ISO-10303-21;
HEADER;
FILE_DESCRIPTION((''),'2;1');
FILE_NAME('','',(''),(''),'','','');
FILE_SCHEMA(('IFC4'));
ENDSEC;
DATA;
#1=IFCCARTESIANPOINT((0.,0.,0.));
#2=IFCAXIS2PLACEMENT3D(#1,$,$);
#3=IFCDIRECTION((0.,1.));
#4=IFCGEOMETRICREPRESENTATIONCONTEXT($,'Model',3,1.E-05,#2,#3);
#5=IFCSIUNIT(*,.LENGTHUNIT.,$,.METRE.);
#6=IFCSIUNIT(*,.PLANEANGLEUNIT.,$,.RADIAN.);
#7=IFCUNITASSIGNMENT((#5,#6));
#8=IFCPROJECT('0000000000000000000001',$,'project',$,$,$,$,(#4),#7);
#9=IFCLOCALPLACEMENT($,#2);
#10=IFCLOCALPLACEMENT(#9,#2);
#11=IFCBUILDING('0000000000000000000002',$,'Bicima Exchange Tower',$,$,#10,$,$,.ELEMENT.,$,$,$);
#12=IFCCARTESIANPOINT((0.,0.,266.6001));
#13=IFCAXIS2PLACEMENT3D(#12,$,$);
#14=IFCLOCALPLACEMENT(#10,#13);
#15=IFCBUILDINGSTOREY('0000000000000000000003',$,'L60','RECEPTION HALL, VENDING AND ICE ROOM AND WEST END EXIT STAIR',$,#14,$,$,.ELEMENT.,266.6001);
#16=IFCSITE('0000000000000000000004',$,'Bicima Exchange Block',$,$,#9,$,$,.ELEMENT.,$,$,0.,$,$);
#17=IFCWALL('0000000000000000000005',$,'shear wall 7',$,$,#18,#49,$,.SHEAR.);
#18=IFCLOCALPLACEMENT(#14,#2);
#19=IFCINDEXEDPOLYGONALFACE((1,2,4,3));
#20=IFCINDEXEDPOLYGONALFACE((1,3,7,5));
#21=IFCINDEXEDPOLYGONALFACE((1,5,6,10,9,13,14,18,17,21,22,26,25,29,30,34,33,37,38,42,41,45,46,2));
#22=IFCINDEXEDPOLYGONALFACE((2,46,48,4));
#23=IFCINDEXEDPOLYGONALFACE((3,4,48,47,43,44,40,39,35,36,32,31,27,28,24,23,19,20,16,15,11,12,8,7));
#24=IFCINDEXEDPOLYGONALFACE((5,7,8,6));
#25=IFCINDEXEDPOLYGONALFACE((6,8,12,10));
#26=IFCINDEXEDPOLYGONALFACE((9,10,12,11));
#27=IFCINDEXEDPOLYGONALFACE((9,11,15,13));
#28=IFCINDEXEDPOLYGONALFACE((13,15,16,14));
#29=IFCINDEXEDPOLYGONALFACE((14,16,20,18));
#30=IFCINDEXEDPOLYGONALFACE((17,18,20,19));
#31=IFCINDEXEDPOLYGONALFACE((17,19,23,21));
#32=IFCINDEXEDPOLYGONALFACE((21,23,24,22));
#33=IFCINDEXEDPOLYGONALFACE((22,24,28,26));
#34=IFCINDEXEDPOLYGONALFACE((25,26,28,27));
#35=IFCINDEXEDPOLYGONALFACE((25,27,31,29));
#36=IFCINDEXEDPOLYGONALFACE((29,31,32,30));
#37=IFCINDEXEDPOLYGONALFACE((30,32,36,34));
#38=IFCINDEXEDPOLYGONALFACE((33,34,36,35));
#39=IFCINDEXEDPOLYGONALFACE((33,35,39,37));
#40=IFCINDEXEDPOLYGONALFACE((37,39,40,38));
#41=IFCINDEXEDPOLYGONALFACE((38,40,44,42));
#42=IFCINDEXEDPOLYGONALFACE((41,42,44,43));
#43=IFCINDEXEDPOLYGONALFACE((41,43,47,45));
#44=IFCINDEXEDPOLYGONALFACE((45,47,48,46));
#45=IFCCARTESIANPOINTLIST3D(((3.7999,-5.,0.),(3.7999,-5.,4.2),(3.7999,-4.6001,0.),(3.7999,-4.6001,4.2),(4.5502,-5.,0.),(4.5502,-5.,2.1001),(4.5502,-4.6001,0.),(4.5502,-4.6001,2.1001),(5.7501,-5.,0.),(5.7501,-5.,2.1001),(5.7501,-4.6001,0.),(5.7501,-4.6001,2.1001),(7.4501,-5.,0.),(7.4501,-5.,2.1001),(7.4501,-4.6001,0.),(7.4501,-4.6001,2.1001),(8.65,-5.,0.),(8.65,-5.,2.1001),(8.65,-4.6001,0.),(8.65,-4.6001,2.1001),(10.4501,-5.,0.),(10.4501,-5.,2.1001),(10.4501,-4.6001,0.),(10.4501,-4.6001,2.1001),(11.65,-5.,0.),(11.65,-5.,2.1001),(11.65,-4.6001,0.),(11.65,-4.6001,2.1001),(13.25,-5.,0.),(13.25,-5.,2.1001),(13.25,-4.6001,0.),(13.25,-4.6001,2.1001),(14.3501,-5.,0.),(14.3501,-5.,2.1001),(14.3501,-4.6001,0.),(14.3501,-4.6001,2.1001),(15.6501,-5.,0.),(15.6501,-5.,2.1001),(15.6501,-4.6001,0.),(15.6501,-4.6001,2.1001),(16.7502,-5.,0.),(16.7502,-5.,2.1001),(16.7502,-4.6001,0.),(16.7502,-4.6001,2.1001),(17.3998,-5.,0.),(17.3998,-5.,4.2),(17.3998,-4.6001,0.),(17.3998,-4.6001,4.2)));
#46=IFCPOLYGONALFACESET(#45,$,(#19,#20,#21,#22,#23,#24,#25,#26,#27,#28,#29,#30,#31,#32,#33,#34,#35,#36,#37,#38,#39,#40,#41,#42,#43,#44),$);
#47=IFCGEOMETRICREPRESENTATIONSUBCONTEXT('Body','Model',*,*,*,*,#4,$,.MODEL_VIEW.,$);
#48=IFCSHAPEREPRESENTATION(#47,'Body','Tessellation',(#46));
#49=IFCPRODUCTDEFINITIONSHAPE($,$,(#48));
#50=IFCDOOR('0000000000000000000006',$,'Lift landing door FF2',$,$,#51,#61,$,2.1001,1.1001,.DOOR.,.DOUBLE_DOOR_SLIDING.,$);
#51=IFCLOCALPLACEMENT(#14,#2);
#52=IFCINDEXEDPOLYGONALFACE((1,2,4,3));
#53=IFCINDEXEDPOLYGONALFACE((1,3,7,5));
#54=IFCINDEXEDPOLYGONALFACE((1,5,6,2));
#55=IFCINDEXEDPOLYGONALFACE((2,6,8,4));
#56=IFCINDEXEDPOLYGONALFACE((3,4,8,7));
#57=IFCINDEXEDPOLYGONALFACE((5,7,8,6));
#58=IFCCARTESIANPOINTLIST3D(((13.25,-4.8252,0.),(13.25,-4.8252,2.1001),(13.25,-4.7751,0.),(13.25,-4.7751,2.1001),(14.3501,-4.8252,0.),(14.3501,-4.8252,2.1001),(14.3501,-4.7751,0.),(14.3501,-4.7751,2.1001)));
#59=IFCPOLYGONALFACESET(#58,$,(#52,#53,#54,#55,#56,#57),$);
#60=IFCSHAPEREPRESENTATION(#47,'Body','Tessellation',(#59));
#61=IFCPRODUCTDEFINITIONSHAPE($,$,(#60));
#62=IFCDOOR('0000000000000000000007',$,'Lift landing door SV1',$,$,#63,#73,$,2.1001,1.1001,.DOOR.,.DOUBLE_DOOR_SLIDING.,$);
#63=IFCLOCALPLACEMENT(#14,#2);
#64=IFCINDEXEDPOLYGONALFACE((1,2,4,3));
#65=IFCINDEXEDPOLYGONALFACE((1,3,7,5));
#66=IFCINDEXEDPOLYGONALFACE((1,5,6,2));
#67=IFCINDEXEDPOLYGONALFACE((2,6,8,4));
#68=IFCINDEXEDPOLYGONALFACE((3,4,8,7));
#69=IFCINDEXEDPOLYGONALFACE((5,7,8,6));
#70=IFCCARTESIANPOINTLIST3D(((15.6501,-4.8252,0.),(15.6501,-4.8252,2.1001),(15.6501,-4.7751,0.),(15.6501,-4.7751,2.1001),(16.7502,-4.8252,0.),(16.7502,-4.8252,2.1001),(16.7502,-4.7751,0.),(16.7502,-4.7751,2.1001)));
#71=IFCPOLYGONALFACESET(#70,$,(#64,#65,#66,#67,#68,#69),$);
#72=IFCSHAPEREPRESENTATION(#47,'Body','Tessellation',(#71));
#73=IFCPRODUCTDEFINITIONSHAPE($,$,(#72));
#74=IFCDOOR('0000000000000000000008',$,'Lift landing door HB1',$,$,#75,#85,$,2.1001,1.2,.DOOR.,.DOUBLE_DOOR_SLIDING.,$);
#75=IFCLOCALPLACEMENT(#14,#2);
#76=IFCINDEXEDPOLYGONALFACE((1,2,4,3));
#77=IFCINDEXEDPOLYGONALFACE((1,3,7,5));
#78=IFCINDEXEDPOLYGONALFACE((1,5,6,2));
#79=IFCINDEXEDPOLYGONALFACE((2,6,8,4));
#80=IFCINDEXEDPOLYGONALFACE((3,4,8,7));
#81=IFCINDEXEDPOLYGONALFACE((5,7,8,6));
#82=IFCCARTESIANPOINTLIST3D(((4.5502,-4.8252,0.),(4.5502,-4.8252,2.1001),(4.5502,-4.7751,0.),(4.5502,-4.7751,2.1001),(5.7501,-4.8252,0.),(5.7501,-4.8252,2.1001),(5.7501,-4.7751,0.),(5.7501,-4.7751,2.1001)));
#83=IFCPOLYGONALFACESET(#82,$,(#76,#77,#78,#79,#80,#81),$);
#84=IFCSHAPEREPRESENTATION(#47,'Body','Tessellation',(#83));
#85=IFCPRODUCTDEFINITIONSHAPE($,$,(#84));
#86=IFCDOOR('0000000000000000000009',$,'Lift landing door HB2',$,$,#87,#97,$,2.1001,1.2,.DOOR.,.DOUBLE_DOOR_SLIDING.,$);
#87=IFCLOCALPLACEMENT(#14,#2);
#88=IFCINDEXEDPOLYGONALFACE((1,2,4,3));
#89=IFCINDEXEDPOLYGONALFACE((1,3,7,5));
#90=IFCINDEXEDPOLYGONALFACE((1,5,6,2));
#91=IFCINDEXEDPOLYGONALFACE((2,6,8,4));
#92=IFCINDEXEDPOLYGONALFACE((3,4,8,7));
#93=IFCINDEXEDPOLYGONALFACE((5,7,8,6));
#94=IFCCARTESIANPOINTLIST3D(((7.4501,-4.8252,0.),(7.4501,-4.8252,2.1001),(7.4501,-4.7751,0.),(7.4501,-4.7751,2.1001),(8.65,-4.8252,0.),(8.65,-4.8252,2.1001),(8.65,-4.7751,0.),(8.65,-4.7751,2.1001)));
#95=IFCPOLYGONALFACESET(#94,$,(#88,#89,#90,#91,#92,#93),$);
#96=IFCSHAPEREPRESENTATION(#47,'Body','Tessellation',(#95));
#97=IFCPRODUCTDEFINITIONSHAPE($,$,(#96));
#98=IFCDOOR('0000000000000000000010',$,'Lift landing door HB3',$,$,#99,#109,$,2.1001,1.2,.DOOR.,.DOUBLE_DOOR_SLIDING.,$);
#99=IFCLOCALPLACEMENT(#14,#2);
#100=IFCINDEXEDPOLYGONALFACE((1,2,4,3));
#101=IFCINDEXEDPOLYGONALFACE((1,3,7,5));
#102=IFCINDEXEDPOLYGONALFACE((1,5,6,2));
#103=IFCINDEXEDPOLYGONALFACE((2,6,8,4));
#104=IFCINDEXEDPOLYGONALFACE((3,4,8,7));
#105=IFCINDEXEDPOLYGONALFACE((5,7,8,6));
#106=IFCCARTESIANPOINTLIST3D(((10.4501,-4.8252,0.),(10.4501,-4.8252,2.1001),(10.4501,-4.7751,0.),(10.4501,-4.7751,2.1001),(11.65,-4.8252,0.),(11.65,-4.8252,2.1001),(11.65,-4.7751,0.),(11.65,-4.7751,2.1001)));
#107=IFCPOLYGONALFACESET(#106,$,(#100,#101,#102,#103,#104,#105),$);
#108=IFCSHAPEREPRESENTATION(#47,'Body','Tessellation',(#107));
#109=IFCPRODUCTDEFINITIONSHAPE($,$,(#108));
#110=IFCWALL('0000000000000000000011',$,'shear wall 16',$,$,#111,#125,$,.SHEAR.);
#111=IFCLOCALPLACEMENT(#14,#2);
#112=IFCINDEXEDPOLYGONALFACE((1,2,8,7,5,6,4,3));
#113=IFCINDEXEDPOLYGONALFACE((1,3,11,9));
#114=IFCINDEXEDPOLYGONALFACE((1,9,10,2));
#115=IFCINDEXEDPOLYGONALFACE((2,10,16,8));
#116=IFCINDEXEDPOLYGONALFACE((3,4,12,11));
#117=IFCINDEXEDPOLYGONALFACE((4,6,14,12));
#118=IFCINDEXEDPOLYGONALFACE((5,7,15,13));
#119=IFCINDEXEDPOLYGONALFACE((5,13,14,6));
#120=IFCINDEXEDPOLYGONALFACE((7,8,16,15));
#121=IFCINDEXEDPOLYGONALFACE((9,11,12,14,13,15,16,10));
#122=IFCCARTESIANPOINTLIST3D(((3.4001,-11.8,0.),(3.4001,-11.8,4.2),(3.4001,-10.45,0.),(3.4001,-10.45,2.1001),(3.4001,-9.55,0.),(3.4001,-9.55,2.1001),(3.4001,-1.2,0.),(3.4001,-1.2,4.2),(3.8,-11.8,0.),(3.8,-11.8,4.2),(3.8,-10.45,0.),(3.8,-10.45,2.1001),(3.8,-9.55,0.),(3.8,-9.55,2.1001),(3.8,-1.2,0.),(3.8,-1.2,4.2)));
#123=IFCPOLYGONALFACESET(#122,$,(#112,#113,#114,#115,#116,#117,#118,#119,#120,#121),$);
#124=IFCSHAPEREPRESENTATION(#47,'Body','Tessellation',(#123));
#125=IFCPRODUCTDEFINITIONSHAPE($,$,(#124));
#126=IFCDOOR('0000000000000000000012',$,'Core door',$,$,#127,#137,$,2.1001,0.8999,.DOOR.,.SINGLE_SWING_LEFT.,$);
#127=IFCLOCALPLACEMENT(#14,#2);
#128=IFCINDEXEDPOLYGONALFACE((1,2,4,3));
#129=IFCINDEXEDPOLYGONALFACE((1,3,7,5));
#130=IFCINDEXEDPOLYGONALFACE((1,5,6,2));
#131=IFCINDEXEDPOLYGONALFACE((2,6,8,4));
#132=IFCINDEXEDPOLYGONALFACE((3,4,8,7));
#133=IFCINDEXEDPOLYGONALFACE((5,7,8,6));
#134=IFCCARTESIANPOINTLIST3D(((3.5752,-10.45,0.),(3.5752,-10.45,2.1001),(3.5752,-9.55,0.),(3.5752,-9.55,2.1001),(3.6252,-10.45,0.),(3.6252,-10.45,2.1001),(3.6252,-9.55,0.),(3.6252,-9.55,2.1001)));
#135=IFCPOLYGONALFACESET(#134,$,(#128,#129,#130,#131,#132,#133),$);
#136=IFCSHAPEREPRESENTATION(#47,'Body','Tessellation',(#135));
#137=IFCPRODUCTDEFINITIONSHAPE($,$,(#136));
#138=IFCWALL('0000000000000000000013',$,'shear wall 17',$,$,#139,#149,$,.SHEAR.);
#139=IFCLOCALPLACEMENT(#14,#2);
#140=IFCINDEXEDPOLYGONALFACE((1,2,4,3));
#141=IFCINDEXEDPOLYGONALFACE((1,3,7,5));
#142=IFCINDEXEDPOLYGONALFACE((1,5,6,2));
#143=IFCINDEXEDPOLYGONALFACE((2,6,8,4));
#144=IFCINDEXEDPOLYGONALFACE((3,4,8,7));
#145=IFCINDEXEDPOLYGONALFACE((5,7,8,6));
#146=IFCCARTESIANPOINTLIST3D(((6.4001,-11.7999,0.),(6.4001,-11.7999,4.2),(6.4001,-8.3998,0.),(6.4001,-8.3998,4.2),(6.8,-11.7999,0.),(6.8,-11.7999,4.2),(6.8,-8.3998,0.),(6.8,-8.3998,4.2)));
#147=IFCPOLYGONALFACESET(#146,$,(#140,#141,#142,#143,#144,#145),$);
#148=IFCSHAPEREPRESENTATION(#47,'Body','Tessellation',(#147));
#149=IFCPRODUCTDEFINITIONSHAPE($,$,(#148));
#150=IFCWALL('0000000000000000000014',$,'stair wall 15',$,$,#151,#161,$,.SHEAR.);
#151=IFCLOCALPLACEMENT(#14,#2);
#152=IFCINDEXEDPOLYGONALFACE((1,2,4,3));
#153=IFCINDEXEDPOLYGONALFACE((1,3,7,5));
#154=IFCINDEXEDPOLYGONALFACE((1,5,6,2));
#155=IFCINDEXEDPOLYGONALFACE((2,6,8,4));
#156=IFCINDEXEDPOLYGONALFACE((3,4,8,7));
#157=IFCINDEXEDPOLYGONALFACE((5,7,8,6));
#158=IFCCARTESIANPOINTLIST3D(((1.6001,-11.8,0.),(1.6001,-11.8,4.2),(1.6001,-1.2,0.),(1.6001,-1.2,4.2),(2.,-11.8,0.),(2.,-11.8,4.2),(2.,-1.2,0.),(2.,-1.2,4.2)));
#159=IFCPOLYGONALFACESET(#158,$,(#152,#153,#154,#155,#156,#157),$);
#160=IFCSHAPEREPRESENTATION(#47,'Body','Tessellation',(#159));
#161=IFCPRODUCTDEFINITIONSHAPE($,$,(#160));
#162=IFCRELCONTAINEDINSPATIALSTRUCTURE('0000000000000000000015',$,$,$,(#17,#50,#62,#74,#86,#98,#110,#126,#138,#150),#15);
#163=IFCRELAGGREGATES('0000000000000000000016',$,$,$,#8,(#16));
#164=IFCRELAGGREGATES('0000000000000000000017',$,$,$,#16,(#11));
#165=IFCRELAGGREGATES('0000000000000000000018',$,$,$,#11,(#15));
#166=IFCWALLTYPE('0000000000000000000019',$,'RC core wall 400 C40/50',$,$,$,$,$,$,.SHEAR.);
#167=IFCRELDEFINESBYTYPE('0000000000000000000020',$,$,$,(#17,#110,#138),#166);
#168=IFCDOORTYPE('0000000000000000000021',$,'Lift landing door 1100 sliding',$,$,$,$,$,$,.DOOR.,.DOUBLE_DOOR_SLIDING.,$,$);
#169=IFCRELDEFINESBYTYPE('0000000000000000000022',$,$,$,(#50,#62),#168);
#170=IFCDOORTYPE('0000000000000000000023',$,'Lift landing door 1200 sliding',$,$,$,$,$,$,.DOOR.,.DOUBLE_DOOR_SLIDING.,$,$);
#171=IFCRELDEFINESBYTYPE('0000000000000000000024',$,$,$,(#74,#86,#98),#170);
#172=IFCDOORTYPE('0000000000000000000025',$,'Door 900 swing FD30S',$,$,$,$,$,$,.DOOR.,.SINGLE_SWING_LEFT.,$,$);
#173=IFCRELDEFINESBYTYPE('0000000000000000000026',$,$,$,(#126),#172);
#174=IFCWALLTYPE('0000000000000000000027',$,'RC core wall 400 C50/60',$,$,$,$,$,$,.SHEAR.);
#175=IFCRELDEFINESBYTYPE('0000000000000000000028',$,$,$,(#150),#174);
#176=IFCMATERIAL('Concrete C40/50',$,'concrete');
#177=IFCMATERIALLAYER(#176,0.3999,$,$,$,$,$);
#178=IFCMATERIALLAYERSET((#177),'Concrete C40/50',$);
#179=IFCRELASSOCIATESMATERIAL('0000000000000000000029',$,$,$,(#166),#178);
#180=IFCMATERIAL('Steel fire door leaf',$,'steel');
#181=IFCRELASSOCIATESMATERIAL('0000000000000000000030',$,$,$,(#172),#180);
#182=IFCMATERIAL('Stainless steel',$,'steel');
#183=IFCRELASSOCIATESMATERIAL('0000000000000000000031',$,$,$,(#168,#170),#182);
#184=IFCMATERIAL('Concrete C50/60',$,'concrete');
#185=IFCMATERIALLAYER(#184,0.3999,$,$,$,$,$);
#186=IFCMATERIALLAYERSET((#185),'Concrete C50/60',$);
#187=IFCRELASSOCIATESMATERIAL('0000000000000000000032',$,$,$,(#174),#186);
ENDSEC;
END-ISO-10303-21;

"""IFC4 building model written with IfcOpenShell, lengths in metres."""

from ifc_helpers import new_model, si_unit, direction, frame, frame_2d, origin, place, context, subcontext, project, spatial, rectangle, extrude, material, layer, layer_set, type_object, element, fill, save


model = new_model("IFC4")

# Units and contexts
model_context = context("Model", 3, precision=1e-05, world=origin(), true_north=direction((0.0, 1.0)))
body_context = subcontext(model_context, "Body", "Model", "MODEL_VIEW")
ifc_project = project(units=[si_unit("LENGTHUNIT", "METRE"), si_unit("PLANEANGLEUNIT", "RADIAN")], contexts=[model_context])

# Site, building, storey
site_placement = place(None, origin())
site = spatial("IfcSite", under=ifc_project, at=site_placement, Name="Bicima Exchange Block", CompositionType="ELEMENT", RefElevation=0.0)
building_placement = place(site_placement, origin())
building = spatial("IfcBuilding", under=site, at=building_placement, Name="Bicima Exchange Tower", CompositionType="ELEMENT")
storey_placement = place(building_placement, frame((0.0, 0.0, 266.6001)))
storey = spatial("IfcBuildingStorey", under=building, at=storey_placement, Name="L60", Description="RECEPTION HALL, VENDING AND ICE ROOM AND WEST END EXIT STAIR", CompositionType="ELEMENT", Elevation=266.6001)

# Shared definitions
ifc_material_1 = material(Name="Concrete C50/60", Category="concrete")

# Shared definitions
ifc_material_2 = material(Name="Concrete C40/50", Category="concrete")
ifc_layer_1 = layer(ifc_material_2, 0.3999)
ifc_layer_set_1 = layer_set([ifc_layer_1], Name="Concrete C40/50")
wall_type_1 = type_object("IfcWallType", Name="RC core wall 400 C40/50", PredefinedType="SHEAR", material=ifc_layer_set_1)
ifc_material_3 = material(Name="Steel fire door leaf", Category="steel")
door_type_1 = type_object("IfcDoorType", Name="Door 900 swing FD30S", OperationType="SINGLE_SWING_LEFT", PredefinedType="DOOR", material=ifc_material_3)

# Wall, openings, doors
wall_1_placement = place(storey_placement, frame((3.8, -4.8, 0.0), z_axis=(0.0, 0.0, 1.0), x_axis=(1.0, 0.0, 0.0)))
wall_1 = element("IfcWall", 1, at=wall_1_placement, inside=storey, type_object=wall_type_1, Name="shear wall 7", PredefinedType="SHEAR", context=body_context, shape_type="SweptSolid", body=[
    extrude(rectangle(XDim=13.5999, YDim=0.3999, at=frame_2d((6.7998, 0.0))), origin(), (0.0, 0.0, 1.0), 4.2),
])
opening_1_placement = place(wall_1_placement, frame((0.75, 0.0, 0.0)))
opening_1 = element("IfcOpeningElement", 2, at=opening_1_placement, cuts=wall_1, PredefinedType="OPENING", context=body_context, shape_type="SweptSolid", body=[
    extrude(rectangle(XDim=1.2, YDim=2.1001, at=frame_2d((0.6001, 1.05))), frame((0.0, 0.2119, 0.0), z_axis=(0.0, -1.0, 0.0), x_axis=(1.0, 0.0, 0.0)), (0.0, 0.0, 1.0), 0.4238),
])
opening_2_placement = place(wall_1_placement, frame((3.6499, 0.0, 0.0)))
opening_2 = element("IfcOpeningElement", 3, at=opening_2_placement, cuts=wall_1, PredefinedType="OPENING", context=body_context, shape_type="SweptSolid", body=[
    extrude(rectangle(XDim=1.2, YDim=2.1001, at=frame_2d((0.6001, 1.05))), frame((0.0, 0.2119, 0.0), z_axis=(0.0, -1.0, 0.0), x_axis=(1.0, 0.0, 0.0)), (0.0, 0.0, 1.0), 0.4238),
])
opening_3_placement = place(wall_1_placement, frame((6.6499, 0.0, 0.0)))
opening_3 = element("IfcOpeningElement", 4, at=opening_3_placement, cuts=wall_1, PredefinedType="OPENING", context=body_context, shape_type="SweptSolid", body=[
    extrude(rectangle(XDim=1.2, YDim=2.1001, at=frame_2d((0.6001, 1.05))), frame((0.0, 0.2119, 0.0), z_axis=(0.0, -1.0, 0.0), x_axis=(1.0, 0.0, 0.0)), (0.0, 0.0, 1.0), 0.4238),
])
opening_4_placement = place(wall_1_placement, frame((9.45, 0.0, 0.0)))
opening_4 = element("IfcOpeningElement", 5, at=opening_4_placement, cuts=wall_1, PredefinedType="OPENING", context=body_context, shape_type="SweptSolid", body=[
    extrude(rectangle(XDim=1.1001, YDim=2.1001, at=frame_2d((0.55, 1.05))), frame((0.0, 0.2119, 0.0), z_axis=(0.0, -1.0, 0.0), x_axis=(1.0, 0.0, 0.0)), (0.0, 0.0, 1.0), 0.4238),
])
opening_5_placement = place(wall_1_placement, frame((11.8501, 0.0, 0.0)))
opening_5 = element("IfcOpeningElement", 6, at=opening_5_placement, cuts=wall_1, PredefinedType="OPENING", context=body_context, shape_type="SweptSolid", body=[
    extrude(rectangle(XDim=1.1001, YDim=2.1001, at=frame_2d((0.55, 1.05))), frame((0.0, 0.2119, 0.0), z_axis=(0.0, -1.0, 0.0), x_axis=(1.0, 0.0, 0.0)), (0.0, 0.0, 1.0), 0.4238),
])
ifc_material_4 = material(Name="Stainless steel", Category="steel")
door_type_2 = type_object("IfcDoorType", Name="Lift landing door 1100 sliding", OperationType="DOUBLE_DOOR_SLIDING", PredefinedType="DOOR", material=ifc_material_4)
door_1_placement = place(opening_4_placement, origin())
door_1 = element("IfcDoor", 7, at=door_1_placement, inside=storey, type_object=door_type_2, Name="Lift landing door FF2", OperationType="DOUBLE_DOOR_SLIDING", OverallHeight=2.1001, OverallWidth=1.1001, PredefinedType="DOOR", context=body_context, shape_type="SweptSolid", body=[
    extrude(rectangle(XDim=1.1001, YDim=2.1001, at=frame_2d((0.55, 1.05))), frame((0.0, 0.0249, 0.0), z_axis=(0.0, -1.0, 0.0), x_axis=(1.0, 0.0, 0.0)), (0.0, 0.0, 1.0), 0.05),
])
fill(opening_4, door_1)
door_2_placement = place(opening_5_placement, origin())
door_2 = element("IfcDoor", 8, at=door_2_placement, inside=storey, type_object=door_type_2, Name="Lift landing door SV1", OperationType="DOUBLE_DOOR_SLIDING", OverallHeight=2.1001, OverallWidth=1.1001, PredefinedType="DOOR", context=body_context, shape_type="SweptSolid", body=[
    extrude(rectangle(XDim=1.1001, YDim=2.1001, at=frame_2d((0.55, 1.05))), frame((0.0, 0.0249, 0.0), z_axis=(0.0, -1.0, 0.0), x_axis=(1.0, 0.0, 0.0)), (0.0, 0.0, 1.0), 0.05),
])
fill(opening_5, door_2)
door_type_3 = type_object("IfcDoorType", Name="Lift landing door 1200 sliding", OperationType="DOUBLE_DOOR_SLIDING", PredefinedType="DOOR", material=ifc_material_4)
door_3_placement = place(opening_1_placement, origin())
door_3 = element("IfcDoor", 9, at=door_3_placement, inside=storey, type_object=door_type_3, Name="Lift landing door HB1", OperationType="DOUBLE_DOOR_SLIDING", OverallHeight=2.1001, OverallWidth=1.2, PredefinedType="DOOR", context=body_context, shape_type="SweptSolid", body=[
    extrude(rectangle(XDim=1.2, YDim=2.1001, at=frame_2d((0.6001, 1.05))), frame((0.0, 0.0249, 0.0), z_axis=(0.0, -1.0, 0.0), x_axis=(1.0, 0.0, 0.0)), (0.0, 0.0, 1.0), 0.05),
])
fill(opening_1, door_3)
door_4_placement = place(opening_2_placement, origin())
door_4 = element("IfcDoor", 10, at=door_4_placement, inside=storey, type_object=door_type_3, Name="Lift landing door HB2", OperationType="DOUBLE_DOOR_SLIDING", OverallHeight=2.1001, OverallWidth=1.2, PredefinedType="DOOR", context=body_context, shape_type="SweptSolid", body=[
    extrude(rectangle(XDim=1.2, YDim=2.1001, at=frame_2d((0.6001, 1.05))), frame((0.0, 0.0249, 0.0), z_axis=(0.0, -1.0, 0.0), x_axis=(1.0, 0.0, 0.0)), (0.0, 0.0, 1.0), 0.05),
])
fill(opening_2, door_4)
door_5_placement = place(opening_3_placement, origin())
door_5 = element("IfcDoor", 11, at=door_5_placement, inside=storey, type_object=door_type_3, Name="Lift landing door HB3", OperationType="DOUBLE_DOOR_SLIDING", OverallHeight=2.1001, OverallWidth=1.2, PredefinedType="DOOR", context=body_context, shape_type="SweptSolid", body=[
    extrude(rectangle(XDim=1.2, YDim=2.1001, at=frame_2d((0.6001, 1.05))), frame((0.0, 0.0249, 0.0), z_axis=(0.0, -1.0, 0.0), x_axis=(1.0, 0.0, 0.0)), (0.0, 0.0, 1.0), 0.05),
])
fill(opening_3, door_5)

# Wall, opening, door
wall_2_placement = place(storey_placement, frame((3.6001, -11.8, 0.0), z_axis=(0.0, 0.0, 1.0), x_axis=(0.0, 1.0, 0.0)))
wall_2 = element("IfcWall", 12, at=wall_2_placement, inside=storey, type_object=wall_type_1, Name="shear wall 16", PredefinedType="SHEAR", context=body_context, shape_type="SweptSolid", body=[
    extrude(rectangle(XDim=10.6001, YDim=0.3999, at=frame_2d((5.3, 0.0))), origin(), (0.0, 0.0, 1.0), 4.2),
])
opening_6_placement = place(wall_2_placement, frame((1.3501, 0.0, 0.0)))
opening_6 = element("IfcOpeningElement", 13, at=opening_6_placement, cuts=wall_2, PredefinedType="OPENING", context=body_context, shape_type="SweptSolid", body=[
    extrude(rectangle(XDim=0.8999, YDim=2.1001, at=frame_2d((0.45, 1.05))), frame((0.0, 0.2119, 0.0), z_axis=(0.0, -1.0, 0.0), x_axis=(1.0, 0.0, 0.0)), (0.0, 0.0, 1.0), 0.4238),
])
door_6_placement = place(opening_6_placement, origin())
door_6 = element("IfcDoor", 14, at=door_6_placement, inside=storey, type_object=door_type_1, Name="Core door", OperationType="SINGLE_SWING_LEFT", OverallHeight=2.1001, OverallWidth=0.8999, PredefinedType="DOOR", context=body_context, shape_type="SweptSolid", body=[
    extrude(rectangle(XDim=0.8999, YDim=2.1001, at=frame_2d((0.45, 1.05))), frame((0.0, 0.0249, 0.0), z_axis=(0.0, -1.0, 0.0), x_axis=(1.0, 0.0, 0.0)), (0.0, 0.0, 1.0), 0.05),
])
fill(opening_6, door_6)

# Walls
wall_3_placement = place(storey_placement, frame((6.6001, -11.8, 0.0), z_axis=(0.0, 0.0, 1.0), x_axis=(0.0, 1.0, 0.0)))
element("IfcWall", 15, at=wall_3_placement, inside=storey, type_object=wall_type_1, Name="shear wall 17", PredefinedType="SHEAR", context=body_context, shape_type="SweptSolid", body=[
    extrude(rectangle(XDim=3.4001, YDim=0.3999, at=frame_2d((1.7002, 0.0))), origin(), (0.0, 0.0, 1.0), 4.2),
])
ifc_layer_2 = layer(ifc_material_1, 0.3999)
ifc_layer_set_2 = layer_set([ifc_layer_2], Name="Concrete C50/60")
wall_type_2 = type_object("IfcWallType", Name="RC core wall 400 C50/60", PredefinedType="SHEAR", material=ifc_layer_set_2)
wall_4_placement = place(storey_placement, frame((1.8, -11.8, 0.0), z_axis=(0.0, 0.0, 1.0), x_axis=(0.0, 1.0, 0.0)))
element("IfcWall", 16, at=wall_4_placement, inside=storey, type_object=wall_type_2, Name="stair wall 15", PredefinedType="SHEAR", context=body_context, shape_type="SweptSolid", body=[
    extrude(rectangle(XDim=10.6001, YDim=0.3999, at=frame_2d((5.3, 0.0))), origin(), (0.0, 0.0, 1.0), 4.2),
])

save(model, "model.ifc")
